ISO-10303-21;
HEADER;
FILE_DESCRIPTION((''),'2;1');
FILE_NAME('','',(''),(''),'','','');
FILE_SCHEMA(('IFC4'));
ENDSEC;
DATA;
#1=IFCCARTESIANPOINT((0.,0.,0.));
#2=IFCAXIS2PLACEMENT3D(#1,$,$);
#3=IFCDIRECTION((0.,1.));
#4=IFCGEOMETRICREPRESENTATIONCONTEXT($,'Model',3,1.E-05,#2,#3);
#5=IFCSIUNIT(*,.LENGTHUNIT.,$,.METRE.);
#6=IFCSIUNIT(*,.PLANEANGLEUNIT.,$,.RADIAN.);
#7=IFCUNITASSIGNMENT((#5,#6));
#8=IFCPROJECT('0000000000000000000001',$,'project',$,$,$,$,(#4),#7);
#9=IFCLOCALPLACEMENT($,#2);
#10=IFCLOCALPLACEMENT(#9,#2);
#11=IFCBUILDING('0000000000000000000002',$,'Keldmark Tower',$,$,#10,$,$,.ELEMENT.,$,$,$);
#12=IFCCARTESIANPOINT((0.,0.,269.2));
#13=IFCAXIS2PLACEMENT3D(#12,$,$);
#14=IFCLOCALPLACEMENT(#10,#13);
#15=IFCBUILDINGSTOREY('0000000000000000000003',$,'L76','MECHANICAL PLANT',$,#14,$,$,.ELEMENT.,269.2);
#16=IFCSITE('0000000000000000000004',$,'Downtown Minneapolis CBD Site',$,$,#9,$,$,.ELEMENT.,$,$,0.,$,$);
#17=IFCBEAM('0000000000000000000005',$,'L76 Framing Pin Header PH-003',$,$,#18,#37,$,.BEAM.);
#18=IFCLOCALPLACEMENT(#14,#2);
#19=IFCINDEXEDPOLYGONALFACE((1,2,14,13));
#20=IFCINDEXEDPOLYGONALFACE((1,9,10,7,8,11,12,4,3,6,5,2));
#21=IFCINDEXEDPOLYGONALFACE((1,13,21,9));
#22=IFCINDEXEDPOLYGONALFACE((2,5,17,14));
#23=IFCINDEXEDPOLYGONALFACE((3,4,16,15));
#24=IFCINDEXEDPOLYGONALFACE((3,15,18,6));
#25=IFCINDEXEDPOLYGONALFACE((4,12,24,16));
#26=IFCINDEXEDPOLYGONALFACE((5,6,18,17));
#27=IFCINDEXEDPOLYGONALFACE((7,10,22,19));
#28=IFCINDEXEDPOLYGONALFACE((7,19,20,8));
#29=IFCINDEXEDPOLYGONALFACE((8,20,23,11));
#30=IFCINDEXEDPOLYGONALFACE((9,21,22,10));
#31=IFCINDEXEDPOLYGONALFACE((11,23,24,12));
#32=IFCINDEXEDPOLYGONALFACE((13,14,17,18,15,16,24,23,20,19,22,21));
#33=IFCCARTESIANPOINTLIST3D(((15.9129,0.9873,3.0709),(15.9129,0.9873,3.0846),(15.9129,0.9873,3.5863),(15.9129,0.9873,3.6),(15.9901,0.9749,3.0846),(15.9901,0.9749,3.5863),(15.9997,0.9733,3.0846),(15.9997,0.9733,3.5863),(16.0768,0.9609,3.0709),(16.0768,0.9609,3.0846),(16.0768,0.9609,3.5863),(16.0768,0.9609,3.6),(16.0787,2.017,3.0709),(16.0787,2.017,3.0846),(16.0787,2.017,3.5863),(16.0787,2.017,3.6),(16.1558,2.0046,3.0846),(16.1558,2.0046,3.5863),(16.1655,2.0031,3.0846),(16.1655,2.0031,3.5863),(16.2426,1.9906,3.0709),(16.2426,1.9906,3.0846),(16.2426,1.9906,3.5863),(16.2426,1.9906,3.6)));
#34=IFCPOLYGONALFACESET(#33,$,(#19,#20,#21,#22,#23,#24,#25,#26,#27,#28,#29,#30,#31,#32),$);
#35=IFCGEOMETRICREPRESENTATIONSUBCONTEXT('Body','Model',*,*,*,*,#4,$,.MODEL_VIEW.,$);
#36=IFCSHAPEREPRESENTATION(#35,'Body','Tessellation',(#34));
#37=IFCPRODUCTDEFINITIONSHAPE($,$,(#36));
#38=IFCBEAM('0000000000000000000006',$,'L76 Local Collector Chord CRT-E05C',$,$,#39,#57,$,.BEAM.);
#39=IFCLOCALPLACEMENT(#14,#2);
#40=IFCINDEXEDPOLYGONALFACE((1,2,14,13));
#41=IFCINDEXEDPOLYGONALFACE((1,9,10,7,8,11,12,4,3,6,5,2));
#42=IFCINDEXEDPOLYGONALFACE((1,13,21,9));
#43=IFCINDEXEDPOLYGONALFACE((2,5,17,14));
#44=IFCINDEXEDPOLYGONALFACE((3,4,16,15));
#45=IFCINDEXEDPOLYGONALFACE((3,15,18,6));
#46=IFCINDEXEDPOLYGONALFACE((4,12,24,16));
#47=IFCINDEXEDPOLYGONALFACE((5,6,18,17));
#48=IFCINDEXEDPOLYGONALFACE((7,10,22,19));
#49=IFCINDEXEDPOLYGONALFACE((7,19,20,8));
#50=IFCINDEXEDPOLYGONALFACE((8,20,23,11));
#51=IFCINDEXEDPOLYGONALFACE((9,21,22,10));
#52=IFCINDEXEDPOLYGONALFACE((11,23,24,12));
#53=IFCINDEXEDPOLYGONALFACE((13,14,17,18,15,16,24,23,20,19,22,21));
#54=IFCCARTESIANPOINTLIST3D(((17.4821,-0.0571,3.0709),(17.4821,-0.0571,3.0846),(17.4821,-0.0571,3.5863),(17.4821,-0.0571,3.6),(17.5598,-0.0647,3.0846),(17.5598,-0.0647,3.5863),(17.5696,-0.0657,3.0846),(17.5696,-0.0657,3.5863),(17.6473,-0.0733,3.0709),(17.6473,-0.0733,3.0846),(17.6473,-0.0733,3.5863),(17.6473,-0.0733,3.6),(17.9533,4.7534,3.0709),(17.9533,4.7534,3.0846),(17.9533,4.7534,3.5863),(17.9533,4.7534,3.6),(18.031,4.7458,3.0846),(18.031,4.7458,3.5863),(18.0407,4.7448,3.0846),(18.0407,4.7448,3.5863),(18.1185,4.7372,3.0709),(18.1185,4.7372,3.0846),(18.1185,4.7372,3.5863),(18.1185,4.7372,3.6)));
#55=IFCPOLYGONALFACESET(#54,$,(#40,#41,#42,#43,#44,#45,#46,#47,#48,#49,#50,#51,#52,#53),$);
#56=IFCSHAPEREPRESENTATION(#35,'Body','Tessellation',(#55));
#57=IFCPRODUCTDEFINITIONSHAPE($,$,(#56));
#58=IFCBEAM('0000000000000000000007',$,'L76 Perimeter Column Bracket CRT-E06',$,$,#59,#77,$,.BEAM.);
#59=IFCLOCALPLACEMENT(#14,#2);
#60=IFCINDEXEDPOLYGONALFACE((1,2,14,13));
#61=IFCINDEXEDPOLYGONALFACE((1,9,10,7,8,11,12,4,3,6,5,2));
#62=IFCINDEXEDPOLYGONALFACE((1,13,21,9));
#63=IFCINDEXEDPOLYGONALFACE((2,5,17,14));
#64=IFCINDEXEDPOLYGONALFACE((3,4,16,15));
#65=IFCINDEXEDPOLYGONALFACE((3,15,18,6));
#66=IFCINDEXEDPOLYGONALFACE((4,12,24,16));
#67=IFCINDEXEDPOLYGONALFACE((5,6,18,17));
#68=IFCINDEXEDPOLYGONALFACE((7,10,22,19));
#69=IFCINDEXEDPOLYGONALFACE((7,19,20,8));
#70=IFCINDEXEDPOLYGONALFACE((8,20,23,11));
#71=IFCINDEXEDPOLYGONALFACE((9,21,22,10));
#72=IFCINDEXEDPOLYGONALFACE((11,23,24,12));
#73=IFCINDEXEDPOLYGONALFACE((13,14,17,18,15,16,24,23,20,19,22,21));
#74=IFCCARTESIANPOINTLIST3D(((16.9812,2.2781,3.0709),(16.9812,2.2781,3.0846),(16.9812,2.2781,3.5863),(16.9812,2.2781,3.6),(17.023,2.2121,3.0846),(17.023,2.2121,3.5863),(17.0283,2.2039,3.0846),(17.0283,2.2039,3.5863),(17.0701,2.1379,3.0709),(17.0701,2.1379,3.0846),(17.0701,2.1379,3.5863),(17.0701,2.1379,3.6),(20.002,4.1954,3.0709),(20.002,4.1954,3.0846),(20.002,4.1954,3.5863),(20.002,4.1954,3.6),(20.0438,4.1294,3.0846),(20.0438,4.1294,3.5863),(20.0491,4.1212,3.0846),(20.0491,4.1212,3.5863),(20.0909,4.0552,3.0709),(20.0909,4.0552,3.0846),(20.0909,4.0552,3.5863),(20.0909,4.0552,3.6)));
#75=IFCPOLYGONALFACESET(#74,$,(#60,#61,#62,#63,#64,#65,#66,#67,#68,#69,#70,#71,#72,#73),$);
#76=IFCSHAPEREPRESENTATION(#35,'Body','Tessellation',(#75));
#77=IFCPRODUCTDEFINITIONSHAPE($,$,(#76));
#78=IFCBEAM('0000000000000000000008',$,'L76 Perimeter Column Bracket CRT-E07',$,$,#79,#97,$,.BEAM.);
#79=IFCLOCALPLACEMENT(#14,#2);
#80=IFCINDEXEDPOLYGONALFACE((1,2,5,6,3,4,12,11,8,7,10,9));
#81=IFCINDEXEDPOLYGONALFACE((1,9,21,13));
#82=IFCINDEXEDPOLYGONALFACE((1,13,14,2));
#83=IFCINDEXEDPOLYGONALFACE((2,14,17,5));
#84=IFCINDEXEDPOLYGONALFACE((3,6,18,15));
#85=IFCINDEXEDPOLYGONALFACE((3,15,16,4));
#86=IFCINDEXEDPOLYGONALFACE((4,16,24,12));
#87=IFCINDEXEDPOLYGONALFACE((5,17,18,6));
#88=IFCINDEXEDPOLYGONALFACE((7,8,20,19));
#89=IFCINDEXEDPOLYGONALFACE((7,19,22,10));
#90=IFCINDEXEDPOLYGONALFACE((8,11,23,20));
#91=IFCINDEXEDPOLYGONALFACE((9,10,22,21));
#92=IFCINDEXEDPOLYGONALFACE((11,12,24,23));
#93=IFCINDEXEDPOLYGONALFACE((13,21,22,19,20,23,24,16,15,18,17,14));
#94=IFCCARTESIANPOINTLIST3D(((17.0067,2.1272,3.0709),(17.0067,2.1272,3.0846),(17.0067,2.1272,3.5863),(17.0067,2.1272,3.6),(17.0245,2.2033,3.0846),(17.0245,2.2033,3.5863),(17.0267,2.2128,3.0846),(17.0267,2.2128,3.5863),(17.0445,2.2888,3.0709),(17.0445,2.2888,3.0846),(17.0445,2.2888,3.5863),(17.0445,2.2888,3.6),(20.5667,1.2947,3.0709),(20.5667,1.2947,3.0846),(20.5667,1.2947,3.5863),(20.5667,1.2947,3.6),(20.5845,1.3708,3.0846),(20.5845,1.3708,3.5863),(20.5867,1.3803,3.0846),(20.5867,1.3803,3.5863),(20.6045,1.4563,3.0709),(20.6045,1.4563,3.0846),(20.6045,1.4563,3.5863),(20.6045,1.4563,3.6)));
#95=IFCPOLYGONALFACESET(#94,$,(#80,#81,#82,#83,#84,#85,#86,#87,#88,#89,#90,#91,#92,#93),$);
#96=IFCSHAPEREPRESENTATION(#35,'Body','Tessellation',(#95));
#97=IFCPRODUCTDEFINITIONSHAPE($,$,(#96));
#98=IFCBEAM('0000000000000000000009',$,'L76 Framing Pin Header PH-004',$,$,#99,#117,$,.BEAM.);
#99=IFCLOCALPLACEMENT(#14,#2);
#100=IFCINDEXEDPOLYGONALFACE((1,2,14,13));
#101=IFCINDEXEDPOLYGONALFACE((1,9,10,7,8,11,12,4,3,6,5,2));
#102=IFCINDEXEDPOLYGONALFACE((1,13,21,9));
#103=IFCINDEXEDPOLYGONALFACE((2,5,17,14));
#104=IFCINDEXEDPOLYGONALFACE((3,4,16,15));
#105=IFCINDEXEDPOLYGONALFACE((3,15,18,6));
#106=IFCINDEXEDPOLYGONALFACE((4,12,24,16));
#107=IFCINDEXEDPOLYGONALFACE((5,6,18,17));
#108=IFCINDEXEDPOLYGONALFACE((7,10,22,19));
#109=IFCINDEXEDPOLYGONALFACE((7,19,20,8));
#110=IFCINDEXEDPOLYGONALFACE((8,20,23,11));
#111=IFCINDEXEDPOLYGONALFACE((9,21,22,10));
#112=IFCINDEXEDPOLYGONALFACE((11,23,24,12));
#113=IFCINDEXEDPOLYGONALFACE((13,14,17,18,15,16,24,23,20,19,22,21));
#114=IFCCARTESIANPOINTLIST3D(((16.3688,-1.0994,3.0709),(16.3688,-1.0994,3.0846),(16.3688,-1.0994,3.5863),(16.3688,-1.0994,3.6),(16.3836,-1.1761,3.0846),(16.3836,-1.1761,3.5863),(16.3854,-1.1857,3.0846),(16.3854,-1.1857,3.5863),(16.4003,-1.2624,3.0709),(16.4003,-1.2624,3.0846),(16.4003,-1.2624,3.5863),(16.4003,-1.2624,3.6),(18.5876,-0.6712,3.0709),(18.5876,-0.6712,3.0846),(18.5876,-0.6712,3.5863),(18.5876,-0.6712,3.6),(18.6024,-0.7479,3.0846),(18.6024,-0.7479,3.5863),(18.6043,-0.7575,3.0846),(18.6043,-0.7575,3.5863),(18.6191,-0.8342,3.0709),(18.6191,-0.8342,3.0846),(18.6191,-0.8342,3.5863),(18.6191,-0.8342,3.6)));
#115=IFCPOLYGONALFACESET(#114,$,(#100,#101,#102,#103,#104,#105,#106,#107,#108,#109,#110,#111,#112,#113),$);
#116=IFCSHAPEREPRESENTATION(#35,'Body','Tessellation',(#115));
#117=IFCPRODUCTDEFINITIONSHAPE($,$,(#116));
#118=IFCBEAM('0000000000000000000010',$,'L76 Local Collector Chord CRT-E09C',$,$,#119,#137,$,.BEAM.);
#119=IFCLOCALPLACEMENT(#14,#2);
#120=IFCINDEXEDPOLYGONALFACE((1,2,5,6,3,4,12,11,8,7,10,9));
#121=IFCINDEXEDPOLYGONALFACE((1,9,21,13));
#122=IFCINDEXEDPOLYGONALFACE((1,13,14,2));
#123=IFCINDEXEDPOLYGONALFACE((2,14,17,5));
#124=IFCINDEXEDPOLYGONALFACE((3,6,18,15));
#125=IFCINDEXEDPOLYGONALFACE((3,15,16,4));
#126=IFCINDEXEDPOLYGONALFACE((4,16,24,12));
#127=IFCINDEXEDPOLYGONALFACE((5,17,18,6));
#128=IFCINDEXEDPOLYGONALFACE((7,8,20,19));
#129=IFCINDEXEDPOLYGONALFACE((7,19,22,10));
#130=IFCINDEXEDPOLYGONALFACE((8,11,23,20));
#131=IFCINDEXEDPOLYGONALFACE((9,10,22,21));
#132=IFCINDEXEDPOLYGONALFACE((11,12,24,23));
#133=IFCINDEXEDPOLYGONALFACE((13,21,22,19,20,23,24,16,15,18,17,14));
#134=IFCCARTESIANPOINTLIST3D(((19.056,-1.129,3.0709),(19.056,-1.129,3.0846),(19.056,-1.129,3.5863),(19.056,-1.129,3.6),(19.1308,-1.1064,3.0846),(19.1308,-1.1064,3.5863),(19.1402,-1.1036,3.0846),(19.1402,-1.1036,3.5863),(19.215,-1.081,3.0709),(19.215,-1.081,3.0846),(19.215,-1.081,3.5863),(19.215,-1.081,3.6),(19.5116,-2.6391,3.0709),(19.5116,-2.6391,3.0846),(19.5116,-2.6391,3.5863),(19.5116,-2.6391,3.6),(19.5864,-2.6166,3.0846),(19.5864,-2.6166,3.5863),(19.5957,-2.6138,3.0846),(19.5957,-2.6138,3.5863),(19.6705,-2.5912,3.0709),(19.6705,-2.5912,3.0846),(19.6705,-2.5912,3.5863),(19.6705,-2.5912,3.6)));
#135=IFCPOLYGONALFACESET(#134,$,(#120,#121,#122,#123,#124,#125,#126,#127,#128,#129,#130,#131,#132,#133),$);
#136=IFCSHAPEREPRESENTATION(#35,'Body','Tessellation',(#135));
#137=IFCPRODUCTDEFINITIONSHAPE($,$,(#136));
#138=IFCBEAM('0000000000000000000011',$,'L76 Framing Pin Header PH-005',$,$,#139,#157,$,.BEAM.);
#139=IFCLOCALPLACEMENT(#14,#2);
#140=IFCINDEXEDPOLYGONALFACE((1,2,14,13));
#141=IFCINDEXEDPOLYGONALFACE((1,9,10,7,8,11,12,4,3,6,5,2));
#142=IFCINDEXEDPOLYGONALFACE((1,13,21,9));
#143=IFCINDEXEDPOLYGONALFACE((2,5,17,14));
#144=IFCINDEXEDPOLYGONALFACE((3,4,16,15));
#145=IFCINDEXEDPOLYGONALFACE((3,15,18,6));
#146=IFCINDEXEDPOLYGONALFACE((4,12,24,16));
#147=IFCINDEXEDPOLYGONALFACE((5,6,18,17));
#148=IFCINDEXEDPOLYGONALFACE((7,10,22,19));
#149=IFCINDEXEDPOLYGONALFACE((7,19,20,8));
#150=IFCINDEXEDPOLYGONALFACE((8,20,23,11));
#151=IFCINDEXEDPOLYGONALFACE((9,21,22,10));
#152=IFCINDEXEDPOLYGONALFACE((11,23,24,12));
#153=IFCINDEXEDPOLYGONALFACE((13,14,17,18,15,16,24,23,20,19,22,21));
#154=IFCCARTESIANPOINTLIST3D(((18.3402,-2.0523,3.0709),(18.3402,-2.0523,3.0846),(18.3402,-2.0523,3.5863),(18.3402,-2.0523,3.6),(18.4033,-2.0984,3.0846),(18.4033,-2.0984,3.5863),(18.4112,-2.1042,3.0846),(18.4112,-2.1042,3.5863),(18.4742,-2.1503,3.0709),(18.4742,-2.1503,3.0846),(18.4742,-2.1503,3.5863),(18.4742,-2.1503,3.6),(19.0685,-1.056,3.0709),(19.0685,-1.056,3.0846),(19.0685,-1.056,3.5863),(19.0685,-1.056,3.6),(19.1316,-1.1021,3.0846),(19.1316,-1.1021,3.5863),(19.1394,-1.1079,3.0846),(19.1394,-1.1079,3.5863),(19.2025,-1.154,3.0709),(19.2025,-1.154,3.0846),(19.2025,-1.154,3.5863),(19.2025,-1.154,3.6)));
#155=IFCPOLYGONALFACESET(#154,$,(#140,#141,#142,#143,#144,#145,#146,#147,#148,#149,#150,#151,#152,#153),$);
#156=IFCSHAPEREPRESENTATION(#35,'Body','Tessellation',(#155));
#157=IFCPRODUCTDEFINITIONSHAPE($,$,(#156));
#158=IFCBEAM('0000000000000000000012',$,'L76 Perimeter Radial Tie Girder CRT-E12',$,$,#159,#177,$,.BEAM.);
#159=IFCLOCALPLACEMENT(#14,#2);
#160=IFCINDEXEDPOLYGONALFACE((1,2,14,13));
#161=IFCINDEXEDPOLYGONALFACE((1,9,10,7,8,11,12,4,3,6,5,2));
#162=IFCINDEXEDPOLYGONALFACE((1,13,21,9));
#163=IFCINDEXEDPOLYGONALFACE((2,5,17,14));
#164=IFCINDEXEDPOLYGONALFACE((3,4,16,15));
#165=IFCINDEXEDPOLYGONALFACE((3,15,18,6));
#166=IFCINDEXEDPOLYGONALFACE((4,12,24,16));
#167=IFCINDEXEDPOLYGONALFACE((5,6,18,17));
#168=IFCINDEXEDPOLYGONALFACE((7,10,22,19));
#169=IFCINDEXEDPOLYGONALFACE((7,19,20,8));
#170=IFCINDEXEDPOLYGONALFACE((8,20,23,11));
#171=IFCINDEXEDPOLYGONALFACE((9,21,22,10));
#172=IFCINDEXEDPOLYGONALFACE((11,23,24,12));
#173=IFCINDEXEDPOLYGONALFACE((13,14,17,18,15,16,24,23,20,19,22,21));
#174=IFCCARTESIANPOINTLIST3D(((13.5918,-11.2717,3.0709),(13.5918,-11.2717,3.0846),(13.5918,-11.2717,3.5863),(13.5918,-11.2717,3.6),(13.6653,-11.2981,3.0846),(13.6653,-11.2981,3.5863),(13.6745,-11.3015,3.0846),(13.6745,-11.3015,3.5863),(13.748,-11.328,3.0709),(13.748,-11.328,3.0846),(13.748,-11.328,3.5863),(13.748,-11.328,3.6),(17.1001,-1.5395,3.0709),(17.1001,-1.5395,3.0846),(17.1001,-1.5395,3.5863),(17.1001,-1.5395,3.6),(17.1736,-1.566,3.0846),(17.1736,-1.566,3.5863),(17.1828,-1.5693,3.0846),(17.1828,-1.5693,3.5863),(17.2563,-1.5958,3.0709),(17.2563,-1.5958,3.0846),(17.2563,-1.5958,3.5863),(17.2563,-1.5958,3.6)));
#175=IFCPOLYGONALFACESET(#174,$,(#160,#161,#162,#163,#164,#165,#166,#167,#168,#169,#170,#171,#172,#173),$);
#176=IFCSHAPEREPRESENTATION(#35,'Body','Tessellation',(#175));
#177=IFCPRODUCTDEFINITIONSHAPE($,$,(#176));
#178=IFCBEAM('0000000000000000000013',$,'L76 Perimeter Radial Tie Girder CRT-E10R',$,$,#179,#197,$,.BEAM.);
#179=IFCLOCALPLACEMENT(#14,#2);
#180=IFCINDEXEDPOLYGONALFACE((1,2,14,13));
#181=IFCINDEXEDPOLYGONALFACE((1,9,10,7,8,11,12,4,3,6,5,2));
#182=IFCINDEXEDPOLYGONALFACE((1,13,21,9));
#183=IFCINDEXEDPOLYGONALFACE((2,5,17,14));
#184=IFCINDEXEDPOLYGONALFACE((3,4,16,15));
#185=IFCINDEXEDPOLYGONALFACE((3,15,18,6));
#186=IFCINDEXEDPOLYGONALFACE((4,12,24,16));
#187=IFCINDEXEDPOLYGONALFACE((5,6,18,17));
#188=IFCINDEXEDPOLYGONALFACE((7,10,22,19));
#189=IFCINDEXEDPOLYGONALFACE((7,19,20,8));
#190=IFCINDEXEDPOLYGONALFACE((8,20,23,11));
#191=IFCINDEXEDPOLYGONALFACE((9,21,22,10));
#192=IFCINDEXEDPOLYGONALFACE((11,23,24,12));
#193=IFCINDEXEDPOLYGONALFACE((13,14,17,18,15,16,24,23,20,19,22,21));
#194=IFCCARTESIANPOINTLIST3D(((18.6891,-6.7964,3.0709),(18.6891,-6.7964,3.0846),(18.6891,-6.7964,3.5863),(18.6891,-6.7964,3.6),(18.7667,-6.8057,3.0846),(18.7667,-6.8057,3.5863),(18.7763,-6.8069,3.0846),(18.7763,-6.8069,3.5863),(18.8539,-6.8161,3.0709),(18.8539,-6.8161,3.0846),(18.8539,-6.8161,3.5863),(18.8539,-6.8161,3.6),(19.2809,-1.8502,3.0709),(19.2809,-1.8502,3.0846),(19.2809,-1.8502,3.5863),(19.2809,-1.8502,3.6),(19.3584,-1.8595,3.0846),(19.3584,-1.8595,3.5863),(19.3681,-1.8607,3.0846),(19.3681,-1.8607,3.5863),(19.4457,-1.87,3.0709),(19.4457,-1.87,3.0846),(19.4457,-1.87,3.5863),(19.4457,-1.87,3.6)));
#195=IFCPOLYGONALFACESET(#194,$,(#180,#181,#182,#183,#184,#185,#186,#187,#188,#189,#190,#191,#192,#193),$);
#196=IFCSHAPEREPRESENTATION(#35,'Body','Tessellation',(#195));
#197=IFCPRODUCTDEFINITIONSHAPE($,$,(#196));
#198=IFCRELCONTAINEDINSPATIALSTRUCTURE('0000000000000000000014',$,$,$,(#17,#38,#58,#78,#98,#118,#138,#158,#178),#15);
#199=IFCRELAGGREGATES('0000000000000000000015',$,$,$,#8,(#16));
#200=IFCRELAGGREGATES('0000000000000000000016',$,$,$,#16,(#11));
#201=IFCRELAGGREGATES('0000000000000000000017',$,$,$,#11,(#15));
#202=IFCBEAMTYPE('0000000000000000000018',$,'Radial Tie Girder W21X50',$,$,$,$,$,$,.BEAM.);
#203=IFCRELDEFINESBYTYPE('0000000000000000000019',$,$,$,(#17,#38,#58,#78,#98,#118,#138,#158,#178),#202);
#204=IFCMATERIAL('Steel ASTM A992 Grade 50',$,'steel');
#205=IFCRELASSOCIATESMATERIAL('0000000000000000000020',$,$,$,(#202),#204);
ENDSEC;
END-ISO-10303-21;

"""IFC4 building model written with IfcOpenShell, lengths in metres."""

from ifc_helpers import new_model, si_unit, direction, frame, origin, origin_2d, place, context, subcontext, project, spatial, i_section, extrude, material, material_profile, profile_set, type_object, element, save


model = new_model("IFC4")

# Units and contexts
model_context = context("Model", 3, precision=1e-05, world=origin(), true_north=direction((0.0, 1.0)))
body_context = subcontext(model_context, "Body", "Model", "MODEL_VIEW")
ifc_project = project(units=[si_unit("LENGTHUNIT", "METRE"), si_unit("PLANEANGLEUNIT", "RADIAN")], contexts=[model_context])

# Site, building, storey
site_placement = place(None, origin())
site = spatial("IfcSite", under=ifc_project, at=site_placement, Name="Downtown Minneapolis CBD Site", CompositionType="ELEMENT", RefElevation=0.0)
building_placement = place(site_placement, origin())
building = spatial("IfcBuilding", under=site, at=building_placement, Name="Keldmark Tower", CompositionType="ELEMENT")
storey_placement = place(building_placement, frame((0.0, 0.0, 269.2)))
storey = spatial("IfcBuildingStorey", under=building, at=storey_placement, Name="L76", Description="MECHANICAL PLANT", CompositionType="ELEMENT", Elevation=269.2)

# Beams
ifc_material_1 = material(Name="Steel ASTM A992 Grade 50", Category="steel")
ifc_material_profile_1 = material_profile(ifc_material_1, i_section(OverallWidth=0.166, OverallDepth=0.5291, WebThickness=0.0098, FlangeThickness=0.0137, at=origin_2d()), Name="W21X50")
ifc_profile_set_1 = profile_set([ifc_material_profile_1], Name="Steel ASTM A992 Grade 50")
beam_type_1 = type_object("IfcBeamType", Name="Radial Tie Girder W21X50", PredefinedType="BEAM", material=ifc_profile_set_1)
beam_1_placement = place(storey_placement, frame((15.9949, 0.9741, 3.3354), z_axis=(0.158931, 0.98729, 0.0), x_axis=(-0.98729, 0.158931, 0.0)))
element("IfcBeam", 1, at=beam_1_placement, inside=storey, type_object=beam_type_1, Name="L76 Framing Pin Header PH-003", PredefinedType="BEAM", context=body_context, shape_type="SweptSolid", body=[
    extrude(i_section(OverallWidth=0.166, OverallDepth=0.5291, WebThickness=0.0098, FlangeThickness=0.0137, at=origin_2d()), origin(), (0.0, 0.0, 1.0), 1.043),
])
beam_2_placement = place(storey_placement, frame((17.5647, -0.0652, 3.3354), z_axis=(0.097483, 0.995237, 0.0), x_axis=(-0.995237, 0.097483, 0.0)))
element("IfcBeam", 2, at=beam_2_placement, inside=storey, type_object=beam_type_1, Name="L76 Local Collector Chord CRT-E05C", PredefinedType="BEAM", context=body_context, shape_type="SweptSolid", body=[
    extrude(i_section(OverallWidth=0.166, OverallDepth=0.5291, WebThickness=0.0098, FlangeThickness=0.0137, at=origin_2d()), origin(), (0.0, 0.0, 1.0), 4.8335),
])
beam_3_placement = place(storey_placement, frame((17.0256, 2.208, 3.3354), z_axis=(0.844302, 0.535868, 0.0), x_axis=(-0.535868, 0.844302, 0.0)))
element("IfcBeam", 3, at=beam_3_placement, inside=storey, type_object=beam_type_1, Name="L76 Perimeter Column Bracket CRT-E06", PredefinedType="BEAM", context=body_context, shape_type="SweptSolid", body=[
    extrude(i_section(OverallWidth=0.166, OverallDepth=0.5291, WebThickness=0.0098, FlangeThickness=0.0137, at=origin_2d()), origin(), (0.0, 0.0, 1.0), 3.5779),
])
beam_4_placement = place(storey_placement, frame((17.0256, 2.208, 3.3354), z_axis=(0.97373, -0.227707, 0.0), x_axis=(0.227707, 0.97373, 0.0)))
element("IfcBeam", 4, at=beam_4_placement, inside=storey, type_object=beam_type_1, Name="L76 Perimeter Column Bracket CRT-E07", PredefinedType="BEAM", context=body_context, shape_type="SweptSolid", body=[
    extrude(i_section(OverallWidth=0.166, OverallDepth=0.5291, WebThickness=0.0098, FlangeThickness=0.0137, at=origin_2d()), origin(), (0.0, 0.0, 1.0), 3.656),
])
beam_5_placement = place(storey_placement, frame((16.3845, -1.1809, 3.3354), z_axis=(0.98188, 0.189505, 0.0), x_axis=(-0.189505, 0.98188, 0.0)))
element("IfcBeam", 5, at=beam_5_placement, inside=storey, type_object=beam_type_1, Name="L76 Framing Pin Header PH-004", PredefinedType="BEAM", context=body_context, shape_type="SweptSolid", body=[
    extrude(i_section(OverallWidth=0.166, OverallDepth=0.5291, WebThickness=0.0098, FlangeThickness=0.0137, at=origin_2d()), origin(), (0.0, 0.0, 1.0), 2.2598),
])
beam_6_placement = place(storey_placement, frame((19.1355, -1.105, 3.3354), z_axis=(0.288796, -0.957391, 0.0), x_axis=(0.957391, 0.288796, 0.0)))
element("IfcBeam", 6, at=beam_6_placement, inside=storey, type_object=beam_type_1, Name="L76 Local Collector Chord CRT-E09C", PredefinedType="BEAM", context=body_context, shape_type="SweptSolid", body=[
    extrude(i_section(OverallWidth=0.166, OverallDepth=0.5291, WebThickness=0.0098, FlangeThickness=0.0137, at=origin_2d()), origin(), (0.0, 0.0, 1.0), 1.5774),
])
beam_7_placement = place(storey_placement, frame((19.1355, -1.105, 3.3354), z_axis=(-0.590111, -0.807322, 0.0), x_axis=(0.807322, -0.590111, 0.0)))
element("IfcBeam", 7, at=beam_7_placement, inside=storey, type_object=beam_type_1, Name="L76 Framing Pin Header PH-005", PredefinedType="BEAM", context=body_context, shape_type="SweptSolid", body=[
    extrude(i_section(OverallWidth=0.166, OverallDepth=0.5291, WebThickness=0.0098, FlangeThickness=0.0137, at=origin_2d()), origin(), (0.0, 0.0, 1.0), 1.2341),
])
beam_8_placement = place(storey_placement, frame((17.1782, -1.5676, 3.3354), z_axis=(-0.339123, -0.940742, 0.0), x_axis=(0.940742, -0.339123, 0.0)))
element("IfcBeam", 8, at=beam_8_placement, inside=storey, type_object=beam_type_1, Name="L76 Perimeter Radial Tie Girder CRT-E12", PredefinedType="BEAM", context=body_context, shape_type="SweptSolid", body=[
    extrude(i_section(OverallWidth=0.166, OverallDepth=0.5291, WebThickness=0.0098, FlangeThickness=0.0137, at=origin_2d()), origin(), (0.0, 0.0, 1.0), 10.3452),
])
beam_9_placement = place(storey_placement, frame((19.3633, -1.8601, 3.3354), z_axis=(-0.118797, -0.992919, 0.0), x_axis=(0.992919, -0.118797, 0.0)))
element("IfcBeam", 9, at=beam_9_placement, inside=storey, type_object=beam_type_1, Name="L76 Perimeter Radial Tie Girder CRT-E10R", PredefinedType="BEAM", context=body_context, shape_type="SweptSolid", body=[
    extrude(i_section(OverallWidth=0.166, OverallDepth=0.5291, WebThickness=0.0098, FlangeThickness=0.0137, at=origin_2d()), origin(), (0.0, 0.0, 1.0), 4.9814),
])

save(model, "model.ifc")
